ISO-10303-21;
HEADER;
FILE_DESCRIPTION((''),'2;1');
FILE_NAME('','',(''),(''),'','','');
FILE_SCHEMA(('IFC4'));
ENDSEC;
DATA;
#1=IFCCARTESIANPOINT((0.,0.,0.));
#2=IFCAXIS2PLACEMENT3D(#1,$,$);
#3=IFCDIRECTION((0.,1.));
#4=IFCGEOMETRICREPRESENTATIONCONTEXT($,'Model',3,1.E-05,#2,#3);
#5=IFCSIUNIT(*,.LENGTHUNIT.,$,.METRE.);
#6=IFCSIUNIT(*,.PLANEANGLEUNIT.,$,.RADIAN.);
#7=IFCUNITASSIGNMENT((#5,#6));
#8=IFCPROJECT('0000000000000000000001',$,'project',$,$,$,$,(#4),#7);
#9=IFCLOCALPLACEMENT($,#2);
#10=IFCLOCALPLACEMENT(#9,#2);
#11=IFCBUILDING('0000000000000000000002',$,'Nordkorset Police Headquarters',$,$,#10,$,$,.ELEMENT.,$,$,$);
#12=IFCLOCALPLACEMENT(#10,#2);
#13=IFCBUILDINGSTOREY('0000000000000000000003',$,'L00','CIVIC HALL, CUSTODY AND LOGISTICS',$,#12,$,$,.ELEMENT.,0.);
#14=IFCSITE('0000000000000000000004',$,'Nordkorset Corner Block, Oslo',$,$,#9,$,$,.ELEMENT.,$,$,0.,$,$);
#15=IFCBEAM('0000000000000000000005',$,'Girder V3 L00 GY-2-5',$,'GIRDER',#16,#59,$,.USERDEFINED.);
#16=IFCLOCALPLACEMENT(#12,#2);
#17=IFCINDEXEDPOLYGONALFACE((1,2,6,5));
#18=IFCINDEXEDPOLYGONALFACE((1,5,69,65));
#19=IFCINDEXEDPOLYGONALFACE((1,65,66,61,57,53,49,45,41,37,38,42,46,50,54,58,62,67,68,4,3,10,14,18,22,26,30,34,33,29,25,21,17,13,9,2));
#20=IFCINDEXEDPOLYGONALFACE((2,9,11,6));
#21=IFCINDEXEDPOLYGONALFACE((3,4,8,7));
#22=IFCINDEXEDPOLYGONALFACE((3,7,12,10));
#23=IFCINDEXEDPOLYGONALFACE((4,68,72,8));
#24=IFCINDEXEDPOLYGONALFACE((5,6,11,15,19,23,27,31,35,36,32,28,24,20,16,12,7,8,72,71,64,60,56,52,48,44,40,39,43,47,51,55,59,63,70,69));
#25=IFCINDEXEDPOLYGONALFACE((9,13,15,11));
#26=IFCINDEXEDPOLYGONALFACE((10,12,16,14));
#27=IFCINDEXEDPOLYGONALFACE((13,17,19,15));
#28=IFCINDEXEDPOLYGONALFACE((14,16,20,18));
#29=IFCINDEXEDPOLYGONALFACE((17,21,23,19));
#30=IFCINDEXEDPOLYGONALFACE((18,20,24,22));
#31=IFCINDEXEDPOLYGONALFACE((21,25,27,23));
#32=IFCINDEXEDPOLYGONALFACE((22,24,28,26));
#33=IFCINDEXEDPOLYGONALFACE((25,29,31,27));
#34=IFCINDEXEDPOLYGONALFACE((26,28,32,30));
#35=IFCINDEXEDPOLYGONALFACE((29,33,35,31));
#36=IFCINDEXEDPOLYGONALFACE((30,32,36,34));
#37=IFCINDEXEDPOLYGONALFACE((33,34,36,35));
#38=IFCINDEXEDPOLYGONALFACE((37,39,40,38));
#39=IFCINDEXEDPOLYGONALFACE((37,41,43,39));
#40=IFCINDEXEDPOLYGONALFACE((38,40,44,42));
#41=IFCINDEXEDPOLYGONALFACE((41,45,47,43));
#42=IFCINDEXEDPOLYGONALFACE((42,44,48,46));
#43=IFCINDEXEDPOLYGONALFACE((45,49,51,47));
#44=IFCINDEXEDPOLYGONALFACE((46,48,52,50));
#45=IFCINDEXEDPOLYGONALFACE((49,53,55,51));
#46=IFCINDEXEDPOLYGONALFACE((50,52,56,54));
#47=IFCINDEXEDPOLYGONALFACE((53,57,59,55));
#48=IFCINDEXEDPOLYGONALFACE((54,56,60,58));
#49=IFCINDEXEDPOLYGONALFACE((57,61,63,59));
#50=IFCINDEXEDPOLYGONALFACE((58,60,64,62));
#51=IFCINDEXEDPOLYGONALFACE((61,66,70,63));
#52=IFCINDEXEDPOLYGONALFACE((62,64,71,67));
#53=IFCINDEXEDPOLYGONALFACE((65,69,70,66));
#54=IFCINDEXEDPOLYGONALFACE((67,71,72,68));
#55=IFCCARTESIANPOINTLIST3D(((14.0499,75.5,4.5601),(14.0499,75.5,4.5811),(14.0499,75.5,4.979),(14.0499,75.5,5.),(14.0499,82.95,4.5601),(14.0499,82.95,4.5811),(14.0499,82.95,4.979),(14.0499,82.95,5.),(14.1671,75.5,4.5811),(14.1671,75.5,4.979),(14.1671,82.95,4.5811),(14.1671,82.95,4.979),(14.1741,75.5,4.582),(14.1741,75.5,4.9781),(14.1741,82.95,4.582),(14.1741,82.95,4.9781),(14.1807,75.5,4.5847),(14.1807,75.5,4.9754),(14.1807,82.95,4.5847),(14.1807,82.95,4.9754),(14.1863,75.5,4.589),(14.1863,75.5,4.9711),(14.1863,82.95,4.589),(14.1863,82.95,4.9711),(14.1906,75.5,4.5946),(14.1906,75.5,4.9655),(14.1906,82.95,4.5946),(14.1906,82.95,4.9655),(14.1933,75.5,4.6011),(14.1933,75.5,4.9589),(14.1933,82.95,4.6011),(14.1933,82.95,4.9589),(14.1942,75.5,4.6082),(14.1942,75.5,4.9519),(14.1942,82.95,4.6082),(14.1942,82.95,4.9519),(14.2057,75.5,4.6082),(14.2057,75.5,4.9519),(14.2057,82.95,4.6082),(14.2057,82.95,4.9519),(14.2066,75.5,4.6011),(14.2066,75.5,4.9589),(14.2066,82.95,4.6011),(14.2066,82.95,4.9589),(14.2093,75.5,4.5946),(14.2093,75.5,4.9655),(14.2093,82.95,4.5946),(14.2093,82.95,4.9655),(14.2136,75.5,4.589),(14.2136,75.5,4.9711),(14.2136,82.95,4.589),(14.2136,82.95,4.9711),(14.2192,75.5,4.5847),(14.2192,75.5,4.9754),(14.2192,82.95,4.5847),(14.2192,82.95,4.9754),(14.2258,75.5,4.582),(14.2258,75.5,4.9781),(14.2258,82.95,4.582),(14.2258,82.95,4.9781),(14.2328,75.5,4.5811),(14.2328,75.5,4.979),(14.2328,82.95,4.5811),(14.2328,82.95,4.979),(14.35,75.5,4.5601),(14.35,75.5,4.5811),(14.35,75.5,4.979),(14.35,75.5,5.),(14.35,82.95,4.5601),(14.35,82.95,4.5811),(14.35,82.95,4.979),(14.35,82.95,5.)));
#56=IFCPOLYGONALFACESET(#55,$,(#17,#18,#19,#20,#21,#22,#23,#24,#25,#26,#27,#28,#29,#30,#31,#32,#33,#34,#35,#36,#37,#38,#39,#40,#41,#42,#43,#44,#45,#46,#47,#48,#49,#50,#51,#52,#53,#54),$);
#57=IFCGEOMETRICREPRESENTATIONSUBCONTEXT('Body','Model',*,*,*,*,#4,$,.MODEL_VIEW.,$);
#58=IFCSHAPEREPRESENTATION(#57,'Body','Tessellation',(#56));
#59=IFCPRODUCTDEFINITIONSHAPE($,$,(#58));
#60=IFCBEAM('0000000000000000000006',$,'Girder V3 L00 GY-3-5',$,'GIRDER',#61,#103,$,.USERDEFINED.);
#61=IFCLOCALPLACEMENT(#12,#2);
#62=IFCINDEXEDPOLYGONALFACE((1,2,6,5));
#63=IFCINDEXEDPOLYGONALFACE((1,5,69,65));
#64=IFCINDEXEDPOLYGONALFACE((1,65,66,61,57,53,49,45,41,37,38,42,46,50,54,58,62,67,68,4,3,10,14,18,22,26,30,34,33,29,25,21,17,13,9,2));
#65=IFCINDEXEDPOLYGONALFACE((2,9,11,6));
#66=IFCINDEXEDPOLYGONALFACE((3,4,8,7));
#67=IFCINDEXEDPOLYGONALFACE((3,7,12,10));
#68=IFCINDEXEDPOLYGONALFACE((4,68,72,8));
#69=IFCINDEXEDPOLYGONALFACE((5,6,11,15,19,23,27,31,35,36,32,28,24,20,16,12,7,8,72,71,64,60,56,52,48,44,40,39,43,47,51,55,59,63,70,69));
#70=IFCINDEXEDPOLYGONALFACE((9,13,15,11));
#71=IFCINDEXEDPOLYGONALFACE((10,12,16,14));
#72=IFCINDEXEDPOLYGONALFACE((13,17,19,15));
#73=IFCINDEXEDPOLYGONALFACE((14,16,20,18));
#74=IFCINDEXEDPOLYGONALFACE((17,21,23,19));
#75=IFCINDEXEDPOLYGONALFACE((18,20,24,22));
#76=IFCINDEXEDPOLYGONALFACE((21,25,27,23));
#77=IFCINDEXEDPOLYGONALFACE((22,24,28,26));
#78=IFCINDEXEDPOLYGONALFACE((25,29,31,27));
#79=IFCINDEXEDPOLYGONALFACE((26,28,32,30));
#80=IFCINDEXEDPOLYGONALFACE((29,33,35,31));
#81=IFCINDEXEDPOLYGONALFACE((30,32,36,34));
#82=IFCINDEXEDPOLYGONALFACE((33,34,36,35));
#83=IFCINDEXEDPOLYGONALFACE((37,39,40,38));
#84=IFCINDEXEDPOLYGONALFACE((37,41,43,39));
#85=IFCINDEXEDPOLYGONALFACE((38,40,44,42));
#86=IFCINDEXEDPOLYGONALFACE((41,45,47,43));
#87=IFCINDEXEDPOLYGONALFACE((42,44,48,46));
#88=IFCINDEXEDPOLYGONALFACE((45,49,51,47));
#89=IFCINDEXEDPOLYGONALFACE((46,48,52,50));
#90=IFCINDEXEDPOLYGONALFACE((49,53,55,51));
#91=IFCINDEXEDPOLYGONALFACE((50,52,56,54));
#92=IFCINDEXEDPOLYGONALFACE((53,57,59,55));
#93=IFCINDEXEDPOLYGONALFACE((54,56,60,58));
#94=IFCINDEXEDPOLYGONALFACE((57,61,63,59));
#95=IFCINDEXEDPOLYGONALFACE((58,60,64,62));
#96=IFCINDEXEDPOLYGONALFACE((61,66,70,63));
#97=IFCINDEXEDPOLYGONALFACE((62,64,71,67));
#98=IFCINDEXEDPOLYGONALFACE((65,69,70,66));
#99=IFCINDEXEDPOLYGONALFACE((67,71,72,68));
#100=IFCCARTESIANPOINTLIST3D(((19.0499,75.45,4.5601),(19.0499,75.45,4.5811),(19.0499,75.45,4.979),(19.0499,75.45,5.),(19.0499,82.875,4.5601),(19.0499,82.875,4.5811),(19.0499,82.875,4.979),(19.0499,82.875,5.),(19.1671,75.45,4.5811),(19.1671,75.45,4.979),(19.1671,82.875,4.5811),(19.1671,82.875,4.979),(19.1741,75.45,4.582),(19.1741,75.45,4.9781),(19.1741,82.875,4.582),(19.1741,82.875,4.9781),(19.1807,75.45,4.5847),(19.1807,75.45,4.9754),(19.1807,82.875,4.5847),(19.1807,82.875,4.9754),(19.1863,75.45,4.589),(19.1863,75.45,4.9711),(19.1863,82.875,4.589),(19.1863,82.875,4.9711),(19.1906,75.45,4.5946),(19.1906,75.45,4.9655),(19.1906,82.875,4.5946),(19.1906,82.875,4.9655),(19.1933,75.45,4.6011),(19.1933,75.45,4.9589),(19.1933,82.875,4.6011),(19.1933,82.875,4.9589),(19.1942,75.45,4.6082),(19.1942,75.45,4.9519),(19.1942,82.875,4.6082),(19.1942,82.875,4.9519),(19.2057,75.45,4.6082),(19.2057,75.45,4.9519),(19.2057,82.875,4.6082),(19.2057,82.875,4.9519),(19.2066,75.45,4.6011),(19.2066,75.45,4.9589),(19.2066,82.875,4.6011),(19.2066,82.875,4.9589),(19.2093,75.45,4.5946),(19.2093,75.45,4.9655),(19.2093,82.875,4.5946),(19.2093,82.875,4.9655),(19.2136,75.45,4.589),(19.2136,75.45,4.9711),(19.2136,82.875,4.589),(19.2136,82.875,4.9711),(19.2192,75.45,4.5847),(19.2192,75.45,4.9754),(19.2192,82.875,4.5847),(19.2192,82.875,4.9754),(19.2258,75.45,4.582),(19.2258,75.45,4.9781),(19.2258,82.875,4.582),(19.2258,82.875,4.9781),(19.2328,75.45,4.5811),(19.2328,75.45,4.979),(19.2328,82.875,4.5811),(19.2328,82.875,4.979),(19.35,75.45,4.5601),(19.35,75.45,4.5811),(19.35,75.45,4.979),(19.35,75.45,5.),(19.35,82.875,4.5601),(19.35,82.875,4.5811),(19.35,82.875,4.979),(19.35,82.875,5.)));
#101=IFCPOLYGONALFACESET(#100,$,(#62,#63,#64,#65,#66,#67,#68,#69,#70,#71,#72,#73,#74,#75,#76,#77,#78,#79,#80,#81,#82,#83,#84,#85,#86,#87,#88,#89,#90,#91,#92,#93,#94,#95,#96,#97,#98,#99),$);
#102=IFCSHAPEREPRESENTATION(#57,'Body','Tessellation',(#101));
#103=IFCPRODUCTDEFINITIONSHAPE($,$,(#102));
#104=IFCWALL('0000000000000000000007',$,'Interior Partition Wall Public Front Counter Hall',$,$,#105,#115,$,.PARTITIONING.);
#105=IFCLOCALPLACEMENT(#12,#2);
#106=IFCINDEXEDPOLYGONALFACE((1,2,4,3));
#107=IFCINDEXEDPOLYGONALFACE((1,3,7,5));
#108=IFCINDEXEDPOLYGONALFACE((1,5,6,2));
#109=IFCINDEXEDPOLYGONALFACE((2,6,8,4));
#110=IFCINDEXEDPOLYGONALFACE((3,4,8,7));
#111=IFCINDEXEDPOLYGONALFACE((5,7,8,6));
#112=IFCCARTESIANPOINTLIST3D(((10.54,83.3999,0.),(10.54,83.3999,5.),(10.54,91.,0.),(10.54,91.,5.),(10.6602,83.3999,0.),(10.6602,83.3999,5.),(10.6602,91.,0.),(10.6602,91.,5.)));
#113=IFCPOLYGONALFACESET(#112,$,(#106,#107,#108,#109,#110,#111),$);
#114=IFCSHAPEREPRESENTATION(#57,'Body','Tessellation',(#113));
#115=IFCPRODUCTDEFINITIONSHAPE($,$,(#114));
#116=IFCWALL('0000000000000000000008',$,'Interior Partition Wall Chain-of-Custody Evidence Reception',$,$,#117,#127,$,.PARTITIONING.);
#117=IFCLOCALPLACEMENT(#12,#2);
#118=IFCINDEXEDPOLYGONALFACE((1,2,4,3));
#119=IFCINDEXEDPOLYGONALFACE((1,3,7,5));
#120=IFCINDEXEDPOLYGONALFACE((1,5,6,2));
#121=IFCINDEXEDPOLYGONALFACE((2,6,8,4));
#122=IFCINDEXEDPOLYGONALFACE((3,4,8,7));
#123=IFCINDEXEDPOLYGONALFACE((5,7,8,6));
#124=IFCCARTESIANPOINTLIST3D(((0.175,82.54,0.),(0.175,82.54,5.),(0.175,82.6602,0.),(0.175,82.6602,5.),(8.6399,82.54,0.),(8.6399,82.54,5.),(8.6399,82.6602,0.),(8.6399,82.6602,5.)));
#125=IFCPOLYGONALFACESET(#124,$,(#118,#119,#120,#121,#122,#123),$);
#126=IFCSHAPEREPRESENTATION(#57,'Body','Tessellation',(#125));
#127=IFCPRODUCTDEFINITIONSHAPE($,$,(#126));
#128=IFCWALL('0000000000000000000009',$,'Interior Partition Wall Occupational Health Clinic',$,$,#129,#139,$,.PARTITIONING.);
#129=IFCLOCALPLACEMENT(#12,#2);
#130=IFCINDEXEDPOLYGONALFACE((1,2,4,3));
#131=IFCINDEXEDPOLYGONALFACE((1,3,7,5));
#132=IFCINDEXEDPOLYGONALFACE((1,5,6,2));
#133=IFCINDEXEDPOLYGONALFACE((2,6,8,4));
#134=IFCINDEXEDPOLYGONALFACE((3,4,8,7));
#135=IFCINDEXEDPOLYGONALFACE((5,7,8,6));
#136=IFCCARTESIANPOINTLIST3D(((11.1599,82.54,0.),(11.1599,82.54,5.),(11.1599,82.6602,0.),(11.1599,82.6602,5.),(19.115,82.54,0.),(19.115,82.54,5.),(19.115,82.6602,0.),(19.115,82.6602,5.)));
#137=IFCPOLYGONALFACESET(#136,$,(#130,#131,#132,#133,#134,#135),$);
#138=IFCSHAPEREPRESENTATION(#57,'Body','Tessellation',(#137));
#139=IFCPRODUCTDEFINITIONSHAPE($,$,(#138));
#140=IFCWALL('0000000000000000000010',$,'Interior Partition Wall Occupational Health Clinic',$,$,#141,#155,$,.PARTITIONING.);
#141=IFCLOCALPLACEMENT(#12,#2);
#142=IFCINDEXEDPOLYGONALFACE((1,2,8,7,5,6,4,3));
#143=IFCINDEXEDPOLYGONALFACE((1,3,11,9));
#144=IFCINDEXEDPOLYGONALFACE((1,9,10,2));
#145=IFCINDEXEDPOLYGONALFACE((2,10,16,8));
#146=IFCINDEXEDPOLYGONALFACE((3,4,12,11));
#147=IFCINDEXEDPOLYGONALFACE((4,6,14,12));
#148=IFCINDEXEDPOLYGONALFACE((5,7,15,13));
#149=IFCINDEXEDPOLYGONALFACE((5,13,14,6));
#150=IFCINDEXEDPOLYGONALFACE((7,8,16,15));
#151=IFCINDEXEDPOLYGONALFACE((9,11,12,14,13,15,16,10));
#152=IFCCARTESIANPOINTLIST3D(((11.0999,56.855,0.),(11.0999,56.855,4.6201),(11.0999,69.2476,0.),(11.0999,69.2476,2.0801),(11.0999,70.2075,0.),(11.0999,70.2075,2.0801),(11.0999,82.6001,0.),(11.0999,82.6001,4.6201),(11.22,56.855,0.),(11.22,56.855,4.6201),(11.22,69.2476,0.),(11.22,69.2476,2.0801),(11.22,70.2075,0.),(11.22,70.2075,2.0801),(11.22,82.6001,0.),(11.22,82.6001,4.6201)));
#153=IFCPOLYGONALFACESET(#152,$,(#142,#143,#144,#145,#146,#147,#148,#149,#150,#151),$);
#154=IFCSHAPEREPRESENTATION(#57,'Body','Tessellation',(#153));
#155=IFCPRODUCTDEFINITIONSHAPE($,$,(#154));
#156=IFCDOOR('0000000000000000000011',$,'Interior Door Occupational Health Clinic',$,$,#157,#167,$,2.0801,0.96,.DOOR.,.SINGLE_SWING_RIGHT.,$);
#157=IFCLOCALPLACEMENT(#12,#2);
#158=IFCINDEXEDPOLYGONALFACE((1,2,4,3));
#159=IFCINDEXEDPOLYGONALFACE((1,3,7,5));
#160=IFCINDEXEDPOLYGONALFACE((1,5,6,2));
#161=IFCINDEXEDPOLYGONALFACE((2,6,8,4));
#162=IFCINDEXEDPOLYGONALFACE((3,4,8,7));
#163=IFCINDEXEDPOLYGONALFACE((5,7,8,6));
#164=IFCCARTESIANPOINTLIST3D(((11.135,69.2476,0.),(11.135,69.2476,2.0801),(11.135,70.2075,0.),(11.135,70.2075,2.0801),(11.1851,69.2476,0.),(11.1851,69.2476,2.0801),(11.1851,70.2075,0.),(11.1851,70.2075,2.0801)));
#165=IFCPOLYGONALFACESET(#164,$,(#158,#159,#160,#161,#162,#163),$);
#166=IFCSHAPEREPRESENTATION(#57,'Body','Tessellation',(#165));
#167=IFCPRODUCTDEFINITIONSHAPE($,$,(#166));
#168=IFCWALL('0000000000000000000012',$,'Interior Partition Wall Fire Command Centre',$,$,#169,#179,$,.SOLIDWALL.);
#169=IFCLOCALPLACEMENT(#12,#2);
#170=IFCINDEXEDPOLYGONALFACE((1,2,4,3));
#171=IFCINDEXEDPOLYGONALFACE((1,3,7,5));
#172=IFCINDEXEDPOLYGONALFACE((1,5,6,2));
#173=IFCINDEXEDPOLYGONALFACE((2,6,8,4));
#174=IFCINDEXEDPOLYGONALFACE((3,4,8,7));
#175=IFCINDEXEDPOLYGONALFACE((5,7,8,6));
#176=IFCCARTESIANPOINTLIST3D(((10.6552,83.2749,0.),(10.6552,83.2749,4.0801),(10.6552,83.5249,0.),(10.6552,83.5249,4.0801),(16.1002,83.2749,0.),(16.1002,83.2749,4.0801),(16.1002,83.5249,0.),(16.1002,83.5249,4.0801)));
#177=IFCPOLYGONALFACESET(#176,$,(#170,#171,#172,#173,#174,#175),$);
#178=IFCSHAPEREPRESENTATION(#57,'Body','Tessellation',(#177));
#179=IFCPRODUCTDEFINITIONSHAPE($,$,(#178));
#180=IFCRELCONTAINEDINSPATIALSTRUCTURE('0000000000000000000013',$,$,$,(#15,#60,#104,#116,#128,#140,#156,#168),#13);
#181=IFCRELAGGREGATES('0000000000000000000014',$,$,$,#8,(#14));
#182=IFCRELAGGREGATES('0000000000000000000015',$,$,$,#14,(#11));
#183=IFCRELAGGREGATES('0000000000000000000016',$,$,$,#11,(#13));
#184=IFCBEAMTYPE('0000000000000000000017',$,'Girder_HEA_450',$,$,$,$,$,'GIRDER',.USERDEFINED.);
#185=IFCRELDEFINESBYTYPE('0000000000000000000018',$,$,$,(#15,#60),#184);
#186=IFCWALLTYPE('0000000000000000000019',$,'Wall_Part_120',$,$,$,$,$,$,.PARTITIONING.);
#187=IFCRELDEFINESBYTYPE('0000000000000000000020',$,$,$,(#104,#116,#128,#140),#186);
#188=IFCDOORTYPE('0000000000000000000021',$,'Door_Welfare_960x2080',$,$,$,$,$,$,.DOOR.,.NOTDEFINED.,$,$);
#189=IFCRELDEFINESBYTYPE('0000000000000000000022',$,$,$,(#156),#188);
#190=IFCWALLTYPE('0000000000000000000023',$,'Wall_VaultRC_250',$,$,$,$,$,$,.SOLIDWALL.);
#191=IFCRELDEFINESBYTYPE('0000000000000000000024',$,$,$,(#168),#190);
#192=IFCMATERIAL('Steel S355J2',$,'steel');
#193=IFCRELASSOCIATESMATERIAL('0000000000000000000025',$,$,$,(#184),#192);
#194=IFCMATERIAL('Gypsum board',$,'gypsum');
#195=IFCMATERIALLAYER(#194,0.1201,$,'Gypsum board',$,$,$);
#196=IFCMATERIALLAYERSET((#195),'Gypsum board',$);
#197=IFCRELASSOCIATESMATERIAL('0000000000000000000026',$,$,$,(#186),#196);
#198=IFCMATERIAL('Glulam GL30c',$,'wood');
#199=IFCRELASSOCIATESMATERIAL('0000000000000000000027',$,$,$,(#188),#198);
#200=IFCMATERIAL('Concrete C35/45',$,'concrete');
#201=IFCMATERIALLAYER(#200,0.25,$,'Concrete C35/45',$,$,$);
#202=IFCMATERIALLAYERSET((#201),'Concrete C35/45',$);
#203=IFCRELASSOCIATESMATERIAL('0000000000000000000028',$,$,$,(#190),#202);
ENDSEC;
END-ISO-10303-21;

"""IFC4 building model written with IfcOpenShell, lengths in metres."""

from ifc_helpers import new_model, si_unit, direction, frame, frame_2d, origin, origin_2d, place, context, subcontext, project, spatial, rectangle, i_section, extrude, material, layer, layer_set, material_profile, profile_set, type_object, element, fill, save


model = new_model("IFC4")

# Units and contexts
model_context = context("Model", 3, precision=1e-05, world=origin(), true_north=direction((0.0, 1.0)))
body_context = subcontext(model_context, "Body", "Model", "MODEL_VIEW")
ifc_project = project(units=[si_unit("LENGTHUNIT", "METRE"), si_unit("PLANEANGLEUNIT", "RADIAN")], contexts=[model_context])

# Site, building, storey
site_placement = place(None, origin())
site = spatial("IfcSite", under=ifc_project, at=site_placement, Name="Nordkorset Corner Block, Oslo", CompositionType="ELEMENT", RefElevation=0.0)
building_placement = place(site_placement, origin())
building = spatial("IfcBuilding", under=site, at=building_placement, Name="Nordkorset Police Headquarters", CompositionType="ELEMENT")
storey_placement = place(building_placement, origin())
storey = spatial("IfcBuildingStorey", under=building, at=storey_placement, Name="L00", Description="CIVIC HALL, CUSTODY AND LOGISTICS", CompositionType="ELEMENT", Elevation=0.0)

# Beams
ifc_material_1 = material(Name="Steel S355J2", Category="steel")
ifc_material_profile_1 = material_profile(ifc_material_1, i_section(OverallWidth=0.3, OverallDepth=0.4399, WebThickness=0.0115, FlangeThickness=0.021, FilletRadius=0.0271, at=origin_2d()), Name="HEA 450")
ifc_profile_set_1 = profile_set([ifc_material_profile_1], Name="Steel S355J2")
beam_type_1 = type_object("IfcBeamType", Name="Girder_HEA_450", ElementType="GIRDER", PredefinedType="USERDEFINED", material=ifc_profile_set_1)
beam_1_placement = place(storey_placement, frame((14.2, 75.5, 4.78), z_axis=(0.0, 1.0, 0.0), x_axis=(-1.0, 0.0, 0.0)))
element("IfcBeam", 1, at=beam_1_placement, inside=storey, type_object=beam_type_1, Name="Girder V3 L00 GY-2-5", ObjectType="GIRDER", PredefinedType="USERDEFINED", context=body_context, shape_type="SweptSolid", body=[
    extrude(i_section(OverallWidth=0.3, OverallDepth=0.4399, WebThickness=0.0115, FlangeThickness=0.021, FilletRadius=0.0271, at=origin_2d()), origin(), (0.0, 0.0, 1.0), 7.45),
])
beam_2_placement = place(storey_placement, frame((19.2, 75.45, 4.78), z_axis=(0.0, 1.0, 0.0), x_axis=(-1.0, 0.0, 0.0)))
element("IfcBeam", 2, at=beam_2_placement, inside=storey, type_object=beam_type_1, Name="Girder V3 L00 GY-3-5", ObjectType="GIRDER", PredefinedType="USERDEFINED", context=body_context, shape_type="SweptSolid", body=[
    extrude(i_section(OverallWidth=0.3, OverallDepth=0.4399, WebThickness=0.0115, FlangeThickness=0.021, FilletRadius=0.0271, at=origin_2d()), origin(), (0.0, 0.0, 1.0), 7.425),
])

# Walls
ifc_material_2 = material(Name="Gypsum board", Category="gypsum")
ifc_layer_1 = layer(ifc_material_2, 0.1201, Name="Gypsum board")
ifc_layer_set_1 = layer_set([ifc_layer_1], Name="Gypsum board")
wall_type_1 = type_object("IfcWallType", Name="Wall_Part_120", PredefinedType="PARTITIONING", material=ifc_layer_set_1)
wall_1_placement = place(storey_placement, frame((10.6001, 83.3999, 0.0), z_axis=(0.0, 0.0, 1.0), x_axis=(0.0, 1.0, 0.0)))
element("IfcWall", 3, at=wall_1_placement, inside=storey, type_object=wall_type_1, Name="Interior Partition Wall Public Front Counter Hall", PredefinedType="PARTITIONING", context=body_context, shape_type="SweptSolid", body=[
    extrude(rectangle(XDim=7.6001, YDim=0.1201, at=frame_2d((3.8, 0.0))), origin(), (0.0, 0.0, 1.0), 5.0),
])
wall_2_placement = place(storey_placement, frame((8.6399, 82.6001, 0.0), z_axis=(0.0, 0.0, 1.0), x_axis=(-1.0, 0.0, 0.0)))
element("IfcWall", 4, at=wall_2_placement, inside=storey, type_object=wall_type_1, Name="Interior Partition Wall Chain-of-Custody Evidence Reception", PredefinedType="PARTITIONING", context=body_context, shape_type="SweptSolid", body=[
    extrude(rectangle(XDim=8.4648, YDim=0.1201, at=frame_2d((4.2324, 0.0))), origin(), (0.0, 0.0, 1.0), 5.0),
])
wall_3_placement = place(storey_placement, frame((19.115, 82.6001, 0.0), z_axis=(0.0, 0.0, 1.0), x_axis=(-1.0, 0.0, 0.0)))
element("IfcWall", 5, at=wall_3_placement, inside=storey, type_object=wall_type_1, Name="Interior Partition Wall Occupational Health Clinic", PredefinedType="PARTITIONING", context=body_context, shape_type="SweptSolid", body=[
    extrude(rectangle(XDim=7.9551, YDim=0.1201, at=frame_2d((3.9775, 0.0))), origin(), (0.0, 0.0, 1.0), 5.0),
])

# Wall, opening, door
wall_4_placement = place(storey_placement, frame((11.1599, 82.6001, 0.0), z_axis=(0.0, 0.0, 1.0), x_axis=(0.0, -1.0, 0.0)))
wall_4 = element("IfcWall", 6, at=wall_4_placement, inside=storey, type_object=wall_type_1, Name="Interior Partition Wall Occupational Health Clinic", PredefinedType="PARTITIONING", context=body_context, shape_type="SweptSolid", body=[
    extrude(rectangle(XDim=25.7451, YDim=0.1201, at=frame_2d((12.8726, 0.0))), origin(), (0.0, 0.0, 1.0), 4.6201),
])
opening_1_placement = place(wall_4_placement, frame((12.3926, 0.0, 0.0)))
opening_1 = element("IfcOpeningElement", 7, at=opening_1_placement, cuts=wall_4, PredefinedType="OPENING", context=body_context, shape_type="SweptSolid", body=[
    extrude(rectangle(XDim=0.96, YDim=2.0801, at=frame_2d((0.48, 1.04))), frame((0.0, 0.0701, 0.0), z_axis=(0.0, -1.0, 0.0), x_axis=(1.0, 0.0, 0.0)), (0.0, 0.0, 1.0), 0.1401),
])
ifc_material_3 = material(Name="Glulam GL30c", Category="wood")
door_type_1 = type_object("IfcDoorType", Name="Door_Welfare_960x2080", OperationType="NOTDEFINED", PredefinedType="DOOR", material=ifc_material_3)
door_1_placement = place(opening_1_placement, frame((0.96, 0.0, 0.0), z_axis=(0.0, 0.0, 1.0), x_axis=(-1.0, 0.0, 0.0)))
door_1 = element("IfcDoor", 8, at=door_1_placement, inside=storey, type_object=door_type_1, Name="Interior Door Occupational Health Clinic", OperationType="SINGLE_SWING_RIGHT", OverallHeight=2.0801, OverallWidth=0.96, PredefinedType="DOOR", context=body_context, shape_type="SweptSolid", body=[
    extrude(rectangle(XDim=0.96, YDim=2.0801, at=frame_2d((0.48, 1.04))), frame((0.0, 0.0249, 0.0), z_axis=(0.0, -1.0, 0.0), x_axis=(1.0, 0.0, 0.0)), (0.0, 0.0, 1.0), 0.05),
])
fill(opening_1, door_1)

# Wall
ifc_material_4 = material(Name="Concrete C35/45", Category="concrete")
ifc_layer_2 = layer(ifc_material_4, 0.25, Name="Concrete C35/45")
ifc_layer_set_2 = layer_set([ifc_layer_2], Name="Concrete C35/45")
wall_type_2 = type_object("IfcWallType", Name="Wall_VaultRC_250", PredefinedType="SOLIDWALL", material=ifc_layer_set_2)
wall_5_placement = place(storey_placement, frame((10.655, 83.3999, 0.0), z_axis=(0.0, 0.0, 1.0), x_axis=(1.0, 0.0, 0.0)))
element("IfcWall", 9, at=wall_5_placement, inside=storey, type_object=wall_type_2, Name="Interior Partition Wall Fire Command Centre", PredefinedType="SOLIDWALL", context=body_context, shape_type="SweptSolid", body=[
    extrude(rectangle(XDim=5.4451, YDim=0.25, at=frame_2d((2.7227, 0.0))), origin(), (0.0, 0.0, 1.0), 4.0801),
])

save(model, "model.ifc")
